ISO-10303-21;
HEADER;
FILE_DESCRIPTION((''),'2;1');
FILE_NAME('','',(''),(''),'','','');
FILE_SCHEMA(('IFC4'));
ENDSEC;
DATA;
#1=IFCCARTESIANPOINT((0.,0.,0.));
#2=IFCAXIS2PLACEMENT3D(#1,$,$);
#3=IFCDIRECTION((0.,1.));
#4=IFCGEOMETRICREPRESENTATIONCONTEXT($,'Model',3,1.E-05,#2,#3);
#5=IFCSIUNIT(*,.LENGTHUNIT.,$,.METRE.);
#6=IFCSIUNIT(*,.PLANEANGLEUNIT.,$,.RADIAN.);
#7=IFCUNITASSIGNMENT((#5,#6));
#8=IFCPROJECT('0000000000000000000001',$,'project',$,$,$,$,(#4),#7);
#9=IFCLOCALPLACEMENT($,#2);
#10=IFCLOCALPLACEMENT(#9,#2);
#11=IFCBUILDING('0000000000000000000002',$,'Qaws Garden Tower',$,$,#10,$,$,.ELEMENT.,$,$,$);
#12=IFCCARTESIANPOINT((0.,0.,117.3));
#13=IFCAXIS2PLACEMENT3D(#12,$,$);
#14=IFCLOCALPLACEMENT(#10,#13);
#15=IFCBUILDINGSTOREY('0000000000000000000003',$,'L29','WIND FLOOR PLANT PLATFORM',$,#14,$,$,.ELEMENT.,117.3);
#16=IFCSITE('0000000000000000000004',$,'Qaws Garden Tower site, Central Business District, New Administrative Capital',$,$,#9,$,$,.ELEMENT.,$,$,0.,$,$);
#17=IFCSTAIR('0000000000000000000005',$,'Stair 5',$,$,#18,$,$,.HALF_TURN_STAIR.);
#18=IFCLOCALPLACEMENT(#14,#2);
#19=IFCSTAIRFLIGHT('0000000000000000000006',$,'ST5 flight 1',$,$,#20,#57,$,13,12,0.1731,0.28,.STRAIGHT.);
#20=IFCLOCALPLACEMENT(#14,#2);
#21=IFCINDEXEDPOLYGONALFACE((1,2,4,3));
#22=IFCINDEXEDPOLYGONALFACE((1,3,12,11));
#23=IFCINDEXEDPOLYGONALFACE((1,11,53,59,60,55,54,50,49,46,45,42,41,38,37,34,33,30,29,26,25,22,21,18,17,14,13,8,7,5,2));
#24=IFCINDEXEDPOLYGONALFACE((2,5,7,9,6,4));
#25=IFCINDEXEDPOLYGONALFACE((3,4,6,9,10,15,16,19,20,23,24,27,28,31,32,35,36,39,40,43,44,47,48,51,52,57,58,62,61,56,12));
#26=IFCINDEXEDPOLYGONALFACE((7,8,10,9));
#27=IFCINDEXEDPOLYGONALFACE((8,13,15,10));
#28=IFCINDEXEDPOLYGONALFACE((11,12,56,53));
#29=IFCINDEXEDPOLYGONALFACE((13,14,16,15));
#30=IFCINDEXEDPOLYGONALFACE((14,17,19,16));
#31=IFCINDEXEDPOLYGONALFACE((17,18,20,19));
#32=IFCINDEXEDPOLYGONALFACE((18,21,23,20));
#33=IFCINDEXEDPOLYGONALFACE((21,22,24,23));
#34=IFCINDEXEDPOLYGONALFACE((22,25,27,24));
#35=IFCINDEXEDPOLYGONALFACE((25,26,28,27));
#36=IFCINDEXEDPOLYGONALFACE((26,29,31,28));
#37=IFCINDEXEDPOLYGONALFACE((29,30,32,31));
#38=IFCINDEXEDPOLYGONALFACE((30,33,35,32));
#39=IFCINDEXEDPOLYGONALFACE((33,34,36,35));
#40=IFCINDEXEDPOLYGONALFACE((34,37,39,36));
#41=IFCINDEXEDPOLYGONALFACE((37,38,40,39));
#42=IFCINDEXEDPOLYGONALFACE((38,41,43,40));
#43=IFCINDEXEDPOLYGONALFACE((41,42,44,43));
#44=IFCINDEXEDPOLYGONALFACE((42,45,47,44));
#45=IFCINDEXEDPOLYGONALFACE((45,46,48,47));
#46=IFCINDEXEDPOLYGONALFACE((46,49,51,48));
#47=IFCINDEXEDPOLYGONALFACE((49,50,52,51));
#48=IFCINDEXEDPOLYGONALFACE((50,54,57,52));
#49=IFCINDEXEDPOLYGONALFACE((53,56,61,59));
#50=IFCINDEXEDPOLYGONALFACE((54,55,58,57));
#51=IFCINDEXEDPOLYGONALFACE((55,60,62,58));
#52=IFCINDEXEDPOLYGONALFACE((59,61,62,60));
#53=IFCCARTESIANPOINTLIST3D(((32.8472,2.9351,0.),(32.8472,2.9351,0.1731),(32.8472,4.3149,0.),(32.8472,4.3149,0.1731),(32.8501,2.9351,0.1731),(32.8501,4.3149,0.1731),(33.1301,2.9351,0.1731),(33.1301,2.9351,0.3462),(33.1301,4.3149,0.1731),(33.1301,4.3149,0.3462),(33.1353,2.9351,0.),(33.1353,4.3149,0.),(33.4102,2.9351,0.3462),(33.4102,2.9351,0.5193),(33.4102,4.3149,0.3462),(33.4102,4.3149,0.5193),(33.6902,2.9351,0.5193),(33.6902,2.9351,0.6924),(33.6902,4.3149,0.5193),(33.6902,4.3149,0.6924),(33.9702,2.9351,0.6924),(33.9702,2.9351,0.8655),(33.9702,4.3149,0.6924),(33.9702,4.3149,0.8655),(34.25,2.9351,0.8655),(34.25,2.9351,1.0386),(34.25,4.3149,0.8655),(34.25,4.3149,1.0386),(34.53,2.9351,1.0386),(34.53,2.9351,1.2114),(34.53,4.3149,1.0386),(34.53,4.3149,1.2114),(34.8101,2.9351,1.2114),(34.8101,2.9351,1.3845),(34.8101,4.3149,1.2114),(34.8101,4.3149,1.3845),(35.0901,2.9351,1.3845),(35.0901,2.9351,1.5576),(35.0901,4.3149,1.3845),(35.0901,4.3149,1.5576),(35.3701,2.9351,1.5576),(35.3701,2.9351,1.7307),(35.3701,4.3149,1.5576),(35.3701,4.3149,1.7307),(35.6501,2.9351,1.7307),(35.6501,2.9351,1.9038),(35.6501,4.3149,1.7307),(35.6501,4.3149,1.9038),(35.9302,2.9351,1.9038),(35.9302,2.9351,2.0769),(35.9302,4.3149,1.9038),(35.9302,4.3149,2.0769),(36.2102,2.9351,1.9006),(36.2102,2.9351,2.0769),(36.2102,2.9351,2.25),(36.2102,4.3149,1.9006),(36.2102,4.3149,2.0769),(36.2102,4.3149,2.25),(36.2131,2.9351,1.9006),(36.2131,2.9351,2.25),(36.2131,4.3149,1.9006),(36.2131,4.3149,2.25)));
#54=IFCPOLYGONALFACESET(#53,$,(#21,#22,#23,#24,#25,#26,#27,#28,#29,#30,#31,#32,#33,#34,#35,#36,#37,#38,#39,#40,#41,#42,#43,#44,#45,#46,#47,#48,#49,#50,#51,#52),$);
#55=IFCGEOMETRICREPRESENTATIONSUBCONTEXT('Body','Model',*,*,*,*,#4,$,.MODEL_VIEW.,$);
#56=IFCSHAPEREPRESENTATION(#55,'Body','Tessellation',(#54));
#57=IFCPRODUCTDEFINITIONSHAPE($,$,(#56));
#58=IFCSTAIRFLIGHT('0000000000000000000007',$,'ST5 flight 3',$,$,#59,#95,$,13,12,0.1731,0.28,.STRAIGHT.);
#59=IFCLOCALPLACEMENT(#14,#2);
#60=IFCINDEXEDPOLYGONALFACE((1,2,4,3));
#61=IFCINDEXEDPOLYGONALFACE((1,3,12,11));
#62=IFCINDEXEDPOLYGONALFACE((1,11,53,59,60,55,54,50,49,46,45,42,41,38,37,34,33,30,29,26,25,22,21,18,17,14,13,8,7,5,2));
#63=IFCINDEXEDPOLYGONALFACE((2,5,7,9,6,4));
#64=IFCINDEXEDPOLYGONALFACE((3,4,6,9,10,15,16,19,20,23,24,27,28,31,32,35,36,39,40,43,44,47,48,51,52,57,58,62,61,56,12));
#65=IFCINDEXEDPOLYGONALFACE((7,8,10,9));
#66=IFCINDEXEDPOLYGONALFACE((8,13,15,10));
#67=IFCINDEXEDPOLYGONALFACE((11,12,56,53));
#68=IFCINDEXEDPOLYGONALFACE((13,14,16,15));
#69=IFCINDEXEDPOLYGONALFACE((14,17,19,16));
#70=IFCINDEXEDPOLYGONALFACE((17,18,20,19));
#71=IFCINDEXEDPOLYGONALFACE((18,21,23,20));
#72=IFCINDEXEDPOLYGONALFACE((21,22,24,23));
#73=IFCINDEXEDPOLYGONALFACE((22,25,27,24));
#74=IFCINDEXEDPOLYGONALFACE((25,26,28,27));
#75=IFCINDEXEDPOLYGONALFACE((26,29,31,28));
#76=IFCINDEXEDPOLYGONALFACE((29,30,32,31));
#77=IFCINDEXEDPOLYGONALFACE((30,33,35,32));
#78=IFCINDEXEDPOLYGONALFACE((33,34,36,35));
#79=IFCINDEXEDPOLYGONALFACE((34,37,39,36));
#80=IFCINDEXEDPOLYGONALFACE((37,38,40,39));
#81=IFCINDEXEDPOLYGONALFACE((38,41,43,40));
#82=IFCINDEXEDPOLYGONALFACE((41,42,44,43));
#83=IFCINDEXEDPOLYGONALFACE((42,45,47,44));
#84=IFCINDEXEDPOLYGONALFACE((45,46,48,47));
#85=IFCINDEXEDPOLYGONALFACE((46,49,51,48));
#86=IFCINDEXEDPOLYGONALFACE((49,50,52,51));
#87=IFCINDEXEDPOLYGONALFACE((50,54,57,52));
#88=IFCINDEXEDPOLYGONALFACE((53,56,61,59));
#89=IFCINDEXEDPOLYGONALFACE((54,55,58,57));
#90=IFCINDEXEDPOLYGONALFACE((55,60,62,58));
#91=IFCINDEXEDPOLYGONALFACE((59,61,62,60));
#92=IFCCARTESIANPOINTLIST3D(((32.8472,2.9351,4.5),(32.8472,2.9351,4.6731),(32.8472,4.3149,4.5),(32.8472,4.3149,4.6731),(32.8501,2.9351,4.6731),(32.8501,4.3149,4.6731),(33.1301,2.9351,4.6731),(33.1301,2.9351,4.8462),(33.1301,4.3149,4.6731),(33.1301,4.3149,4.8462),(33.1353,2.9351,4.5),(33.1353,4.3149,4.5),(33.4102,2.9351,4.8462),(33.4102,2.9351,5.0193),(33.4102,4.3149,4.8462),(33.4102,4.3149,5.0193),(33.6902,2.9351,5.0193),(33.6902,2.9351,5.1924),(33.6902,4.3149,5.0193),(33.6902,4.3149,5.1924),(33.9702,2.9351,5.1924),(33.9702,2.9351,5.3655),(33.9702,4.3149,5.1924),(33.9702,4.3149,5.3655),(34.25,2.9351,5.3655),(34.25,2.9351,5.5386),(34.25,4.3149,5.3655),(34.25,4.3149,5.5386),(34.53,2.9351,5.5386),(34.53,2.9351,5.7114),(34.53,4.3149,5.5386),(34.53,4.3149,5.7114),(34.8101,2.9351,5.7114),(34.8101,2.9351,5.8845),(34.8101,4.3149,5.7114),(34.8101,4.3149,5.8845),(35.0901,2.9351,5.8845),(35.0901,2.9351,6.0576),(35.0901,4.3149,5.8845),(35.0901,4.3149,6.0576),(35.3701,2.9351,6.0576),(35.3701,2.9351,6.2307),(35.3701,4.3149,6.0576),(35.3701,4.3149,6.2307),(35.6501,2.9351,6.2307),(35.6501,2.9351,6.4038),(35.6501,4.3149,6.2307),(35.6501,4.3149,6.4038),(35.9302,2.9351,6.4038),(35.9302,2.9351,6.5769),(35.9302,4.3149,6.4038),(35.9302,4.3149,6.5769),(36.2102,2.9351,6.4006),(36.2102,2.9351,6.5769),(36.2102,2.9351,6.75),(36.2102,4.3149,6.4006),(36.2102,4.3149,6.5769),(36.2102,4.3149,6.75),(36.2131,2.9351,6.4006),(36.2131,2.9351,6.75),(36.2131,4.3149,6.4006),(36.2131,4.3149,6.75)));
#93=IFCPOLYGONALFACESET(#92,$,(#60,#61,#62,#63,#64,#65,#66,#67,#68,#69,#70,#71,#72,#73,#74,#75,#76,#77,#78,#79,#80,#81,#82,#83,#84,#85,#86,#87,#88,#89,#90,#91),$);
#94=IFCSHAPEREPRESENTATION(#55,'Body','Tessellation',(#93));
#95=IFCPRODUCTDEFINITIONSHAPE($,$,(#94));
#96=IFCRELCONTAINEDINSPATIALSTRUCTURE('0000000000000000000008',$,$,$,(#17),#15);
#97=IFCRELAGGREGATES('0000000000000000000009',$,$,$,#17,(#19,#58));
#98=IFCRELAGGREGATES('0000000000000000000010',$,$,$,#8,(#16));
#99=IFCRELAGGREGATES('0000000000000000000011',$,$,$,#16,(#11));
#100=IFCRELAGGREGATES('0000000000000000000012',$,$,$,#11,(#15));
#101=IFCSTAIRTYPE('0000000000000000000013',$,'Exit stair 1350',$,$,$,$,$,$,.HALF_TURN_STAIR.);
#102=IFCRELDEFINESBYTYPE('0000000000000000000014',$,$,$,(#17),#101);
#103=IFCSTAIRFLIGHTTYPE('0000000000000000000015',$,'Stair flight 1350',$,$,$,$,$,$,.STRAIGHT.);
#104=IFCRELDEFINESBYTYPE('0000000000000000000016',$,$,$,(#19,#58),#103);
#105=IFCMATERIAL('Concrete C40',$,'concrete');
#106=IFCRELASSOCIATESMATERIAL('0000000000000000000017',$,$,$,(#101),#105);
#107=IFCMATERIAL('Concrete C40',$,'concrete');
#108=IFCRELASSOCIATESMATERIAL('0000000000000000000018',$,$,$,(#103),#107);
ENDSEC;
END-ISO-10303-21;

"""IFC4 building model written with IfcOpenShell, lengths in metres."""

from ifc_helpers import new_model, si_unit, direction, frame, origin, place, context, subcontext, project, spatial, polyline, outline, extrude, material, type_object, element, aggregate, save


model = new_model("IFC4")

# Units and contexts
model_context = context("Model", 3, precision=1e-05, world=origin(), true_north=direction((0.0, 1.0)))
body_context = subcontext(model_context, "Body", "Model", "MODEL_VIEW")
ifc_project = project(units=[si_unit("LENGTHUNIT", "METRE"), si_unit("PLANEANGLEUNIT", "RADIAN")], contexts=[model_context])

# Site, building, storey
site_placement = place(None, origin())
site = spatial("IfcSite", under=ifc_project, at=site_placement, Name="Qaws Garden Tower site, Central Business District, New Administrative Capital", CompositionType="ELEMENT", RefElevation=0.0)
building_placement = place(site_placement, origin())
building = spatial("IfcBuilding", under=site, at=building_placement, Name="Qaws Garden Tower", CompositionType="ELEMENT")
storey_placement = place(building_placement, frame((0.0, 0.0, 117.3)))
storey = spatial("IfcBuildingStorey", under=building, at=storey_placement, Name="L29", Description="WIND FLOOR PLANT PLATFORM", CompositionType="ELEMENT", Elevation=117.3)

# Stair, stair flights
ifc_material_1 = material(Name="Concrete C40", Category="concrete")
stair_type = type_object("IfcStairType", Name="Exit stair 1350", PredefinedType="HALF_TURN_STAIR", material=ifc_material_1)
stair_placement = place(storey_placement, origin())
stair = element("IfcStair", 1, at=stair_placement, inside=storey, type_object=stair_type, Name="Stair 5", PredefinedType="HALF_TURN_STAIR")
ifc_material_2 = material(Name="Concrete C40", Category="concrete")
stair_flight_type = type_object("IfcStairFlightType", Name="Stair flight 1350", PredefinedType="STRAIGHT", material=ifc_material_2)
stair_flight_1_placement = place(storey_placement, frame((32.8501, 3.625, 0.0), z_axis=(0.0, 0.0, 1.0), x_axis=(1.0, 0.0, 0.0)))
stair_flight_1 = element("IfcStairFlight", 2, at=stair_flight_1_placement, type_object=stair_flight_type, Name="ST5 flight 1", NumberOfRisers=13, NumberOfTreads=12, PredefinedType="STRAIGHT", RiserHeight=0.1731, TreadLength=0.28, context=body_context, shape_type="SweptSolid", body=[
    extrude(outline(polyline([(-0.0029, 0.0), (-0.0029, 0.1731), (0.0, 0.1731), (0.28, 0.1731), (0.28, 0.3462), (0.5601, 0.3462), (0.5601, 0.5193), (0.8401, 0.5193), (0.8401, 0.6924), (1.1201, 0.6924), (1.1201, 0.8655), (1.3999, 0.8655), (1.3999, 1.0386), (1.6799, 1.0386), (1.6799, 1.2114), (1.96, 1.2114), (1.96, 1.3845), (2.24, 1.3845), (2.24, 1.5576), (2.52, 1.5576), (2.52, 1.7307), (2.8, 1.7307), (2.8, 1.9038), (3.0801, 1.9038), (3.0801, 2.0769), (3.3601, 2.0769), (3.3601, 2.25), (3.363, 2.25), (3.363, 1.9006), (3.3601, 1.9006), (0.2852, 0.0), (-0.0029, 0.0)])), frame((0.0, 0.6899, 0.0), z_axis=(0.0, -1.0, 0.0), x_axis=(1.0, 0.0, 0.0)), (0.0, 0.0, 1.0), 1.3799),
])
stair_flight_2_placement = place(storey_placement, frame((32.8501, 3.625, 4.5), z_axis=(0.0, 0.0, 1.0), x_axis=(1.0, 0.0, 0.0)))
stair_flight_2 = element("IfcStairFlight", 3, at=stair_flight_2_placement, type_object=stair_flight_type, Name="ST5 flight 3", NumberOfRisers=13, NumberOfTreads=12, PredefinedType="STRAIGHT", RiserHeight=0.1731, TreadLength=0.28, context=body_context, shape_type="SweptSolid", body=[
    extrude(outline(polyline([(-0.0029, 0.0), (-0.0029, 0.1731), (0.0, 0.1731), (0.28, 0.1731), (0.28, 0.3462), (0.5601, 0.3462), (0.5601, 0.5193), (0.8401, 0.5193), (0.8401, 0.6924), (1.1201, 0.6924), (1.1201, 0.8655), (1.3999, 0.8655), (1.3999, 1.0386), (1.6799, 1.0386), (1.6799, 1.2114), (1.96, 1.2114), (1.96, 1.3845), (2.24, 1.3845), (2.24, 1.5576), (2.52, 1.5576), (2.52, 1.7307), (2.8, 1.7307), (2.8, 1.9038), (3.0801, 1.9038), (3.0801, 2.0769), (3.3601, 2.0769), (3.3601, 2.25), (3.363, 2.25), (3.363, 1.9006), (3.3601, 1.9006), (0.2852, 0.0), (-0.0029, 0.0)])), frame((0.0, 0.6899, 0.0), z_axis=(0.0, -1.0, 0.0), x_axis=(1.0, 0.0, 0.0)), (0.0, 0.0, 1.0), 1.3799),
])
aggregate(stair, [stair_flight_1, stair_flight_2])

save(model, "model.ifc")
